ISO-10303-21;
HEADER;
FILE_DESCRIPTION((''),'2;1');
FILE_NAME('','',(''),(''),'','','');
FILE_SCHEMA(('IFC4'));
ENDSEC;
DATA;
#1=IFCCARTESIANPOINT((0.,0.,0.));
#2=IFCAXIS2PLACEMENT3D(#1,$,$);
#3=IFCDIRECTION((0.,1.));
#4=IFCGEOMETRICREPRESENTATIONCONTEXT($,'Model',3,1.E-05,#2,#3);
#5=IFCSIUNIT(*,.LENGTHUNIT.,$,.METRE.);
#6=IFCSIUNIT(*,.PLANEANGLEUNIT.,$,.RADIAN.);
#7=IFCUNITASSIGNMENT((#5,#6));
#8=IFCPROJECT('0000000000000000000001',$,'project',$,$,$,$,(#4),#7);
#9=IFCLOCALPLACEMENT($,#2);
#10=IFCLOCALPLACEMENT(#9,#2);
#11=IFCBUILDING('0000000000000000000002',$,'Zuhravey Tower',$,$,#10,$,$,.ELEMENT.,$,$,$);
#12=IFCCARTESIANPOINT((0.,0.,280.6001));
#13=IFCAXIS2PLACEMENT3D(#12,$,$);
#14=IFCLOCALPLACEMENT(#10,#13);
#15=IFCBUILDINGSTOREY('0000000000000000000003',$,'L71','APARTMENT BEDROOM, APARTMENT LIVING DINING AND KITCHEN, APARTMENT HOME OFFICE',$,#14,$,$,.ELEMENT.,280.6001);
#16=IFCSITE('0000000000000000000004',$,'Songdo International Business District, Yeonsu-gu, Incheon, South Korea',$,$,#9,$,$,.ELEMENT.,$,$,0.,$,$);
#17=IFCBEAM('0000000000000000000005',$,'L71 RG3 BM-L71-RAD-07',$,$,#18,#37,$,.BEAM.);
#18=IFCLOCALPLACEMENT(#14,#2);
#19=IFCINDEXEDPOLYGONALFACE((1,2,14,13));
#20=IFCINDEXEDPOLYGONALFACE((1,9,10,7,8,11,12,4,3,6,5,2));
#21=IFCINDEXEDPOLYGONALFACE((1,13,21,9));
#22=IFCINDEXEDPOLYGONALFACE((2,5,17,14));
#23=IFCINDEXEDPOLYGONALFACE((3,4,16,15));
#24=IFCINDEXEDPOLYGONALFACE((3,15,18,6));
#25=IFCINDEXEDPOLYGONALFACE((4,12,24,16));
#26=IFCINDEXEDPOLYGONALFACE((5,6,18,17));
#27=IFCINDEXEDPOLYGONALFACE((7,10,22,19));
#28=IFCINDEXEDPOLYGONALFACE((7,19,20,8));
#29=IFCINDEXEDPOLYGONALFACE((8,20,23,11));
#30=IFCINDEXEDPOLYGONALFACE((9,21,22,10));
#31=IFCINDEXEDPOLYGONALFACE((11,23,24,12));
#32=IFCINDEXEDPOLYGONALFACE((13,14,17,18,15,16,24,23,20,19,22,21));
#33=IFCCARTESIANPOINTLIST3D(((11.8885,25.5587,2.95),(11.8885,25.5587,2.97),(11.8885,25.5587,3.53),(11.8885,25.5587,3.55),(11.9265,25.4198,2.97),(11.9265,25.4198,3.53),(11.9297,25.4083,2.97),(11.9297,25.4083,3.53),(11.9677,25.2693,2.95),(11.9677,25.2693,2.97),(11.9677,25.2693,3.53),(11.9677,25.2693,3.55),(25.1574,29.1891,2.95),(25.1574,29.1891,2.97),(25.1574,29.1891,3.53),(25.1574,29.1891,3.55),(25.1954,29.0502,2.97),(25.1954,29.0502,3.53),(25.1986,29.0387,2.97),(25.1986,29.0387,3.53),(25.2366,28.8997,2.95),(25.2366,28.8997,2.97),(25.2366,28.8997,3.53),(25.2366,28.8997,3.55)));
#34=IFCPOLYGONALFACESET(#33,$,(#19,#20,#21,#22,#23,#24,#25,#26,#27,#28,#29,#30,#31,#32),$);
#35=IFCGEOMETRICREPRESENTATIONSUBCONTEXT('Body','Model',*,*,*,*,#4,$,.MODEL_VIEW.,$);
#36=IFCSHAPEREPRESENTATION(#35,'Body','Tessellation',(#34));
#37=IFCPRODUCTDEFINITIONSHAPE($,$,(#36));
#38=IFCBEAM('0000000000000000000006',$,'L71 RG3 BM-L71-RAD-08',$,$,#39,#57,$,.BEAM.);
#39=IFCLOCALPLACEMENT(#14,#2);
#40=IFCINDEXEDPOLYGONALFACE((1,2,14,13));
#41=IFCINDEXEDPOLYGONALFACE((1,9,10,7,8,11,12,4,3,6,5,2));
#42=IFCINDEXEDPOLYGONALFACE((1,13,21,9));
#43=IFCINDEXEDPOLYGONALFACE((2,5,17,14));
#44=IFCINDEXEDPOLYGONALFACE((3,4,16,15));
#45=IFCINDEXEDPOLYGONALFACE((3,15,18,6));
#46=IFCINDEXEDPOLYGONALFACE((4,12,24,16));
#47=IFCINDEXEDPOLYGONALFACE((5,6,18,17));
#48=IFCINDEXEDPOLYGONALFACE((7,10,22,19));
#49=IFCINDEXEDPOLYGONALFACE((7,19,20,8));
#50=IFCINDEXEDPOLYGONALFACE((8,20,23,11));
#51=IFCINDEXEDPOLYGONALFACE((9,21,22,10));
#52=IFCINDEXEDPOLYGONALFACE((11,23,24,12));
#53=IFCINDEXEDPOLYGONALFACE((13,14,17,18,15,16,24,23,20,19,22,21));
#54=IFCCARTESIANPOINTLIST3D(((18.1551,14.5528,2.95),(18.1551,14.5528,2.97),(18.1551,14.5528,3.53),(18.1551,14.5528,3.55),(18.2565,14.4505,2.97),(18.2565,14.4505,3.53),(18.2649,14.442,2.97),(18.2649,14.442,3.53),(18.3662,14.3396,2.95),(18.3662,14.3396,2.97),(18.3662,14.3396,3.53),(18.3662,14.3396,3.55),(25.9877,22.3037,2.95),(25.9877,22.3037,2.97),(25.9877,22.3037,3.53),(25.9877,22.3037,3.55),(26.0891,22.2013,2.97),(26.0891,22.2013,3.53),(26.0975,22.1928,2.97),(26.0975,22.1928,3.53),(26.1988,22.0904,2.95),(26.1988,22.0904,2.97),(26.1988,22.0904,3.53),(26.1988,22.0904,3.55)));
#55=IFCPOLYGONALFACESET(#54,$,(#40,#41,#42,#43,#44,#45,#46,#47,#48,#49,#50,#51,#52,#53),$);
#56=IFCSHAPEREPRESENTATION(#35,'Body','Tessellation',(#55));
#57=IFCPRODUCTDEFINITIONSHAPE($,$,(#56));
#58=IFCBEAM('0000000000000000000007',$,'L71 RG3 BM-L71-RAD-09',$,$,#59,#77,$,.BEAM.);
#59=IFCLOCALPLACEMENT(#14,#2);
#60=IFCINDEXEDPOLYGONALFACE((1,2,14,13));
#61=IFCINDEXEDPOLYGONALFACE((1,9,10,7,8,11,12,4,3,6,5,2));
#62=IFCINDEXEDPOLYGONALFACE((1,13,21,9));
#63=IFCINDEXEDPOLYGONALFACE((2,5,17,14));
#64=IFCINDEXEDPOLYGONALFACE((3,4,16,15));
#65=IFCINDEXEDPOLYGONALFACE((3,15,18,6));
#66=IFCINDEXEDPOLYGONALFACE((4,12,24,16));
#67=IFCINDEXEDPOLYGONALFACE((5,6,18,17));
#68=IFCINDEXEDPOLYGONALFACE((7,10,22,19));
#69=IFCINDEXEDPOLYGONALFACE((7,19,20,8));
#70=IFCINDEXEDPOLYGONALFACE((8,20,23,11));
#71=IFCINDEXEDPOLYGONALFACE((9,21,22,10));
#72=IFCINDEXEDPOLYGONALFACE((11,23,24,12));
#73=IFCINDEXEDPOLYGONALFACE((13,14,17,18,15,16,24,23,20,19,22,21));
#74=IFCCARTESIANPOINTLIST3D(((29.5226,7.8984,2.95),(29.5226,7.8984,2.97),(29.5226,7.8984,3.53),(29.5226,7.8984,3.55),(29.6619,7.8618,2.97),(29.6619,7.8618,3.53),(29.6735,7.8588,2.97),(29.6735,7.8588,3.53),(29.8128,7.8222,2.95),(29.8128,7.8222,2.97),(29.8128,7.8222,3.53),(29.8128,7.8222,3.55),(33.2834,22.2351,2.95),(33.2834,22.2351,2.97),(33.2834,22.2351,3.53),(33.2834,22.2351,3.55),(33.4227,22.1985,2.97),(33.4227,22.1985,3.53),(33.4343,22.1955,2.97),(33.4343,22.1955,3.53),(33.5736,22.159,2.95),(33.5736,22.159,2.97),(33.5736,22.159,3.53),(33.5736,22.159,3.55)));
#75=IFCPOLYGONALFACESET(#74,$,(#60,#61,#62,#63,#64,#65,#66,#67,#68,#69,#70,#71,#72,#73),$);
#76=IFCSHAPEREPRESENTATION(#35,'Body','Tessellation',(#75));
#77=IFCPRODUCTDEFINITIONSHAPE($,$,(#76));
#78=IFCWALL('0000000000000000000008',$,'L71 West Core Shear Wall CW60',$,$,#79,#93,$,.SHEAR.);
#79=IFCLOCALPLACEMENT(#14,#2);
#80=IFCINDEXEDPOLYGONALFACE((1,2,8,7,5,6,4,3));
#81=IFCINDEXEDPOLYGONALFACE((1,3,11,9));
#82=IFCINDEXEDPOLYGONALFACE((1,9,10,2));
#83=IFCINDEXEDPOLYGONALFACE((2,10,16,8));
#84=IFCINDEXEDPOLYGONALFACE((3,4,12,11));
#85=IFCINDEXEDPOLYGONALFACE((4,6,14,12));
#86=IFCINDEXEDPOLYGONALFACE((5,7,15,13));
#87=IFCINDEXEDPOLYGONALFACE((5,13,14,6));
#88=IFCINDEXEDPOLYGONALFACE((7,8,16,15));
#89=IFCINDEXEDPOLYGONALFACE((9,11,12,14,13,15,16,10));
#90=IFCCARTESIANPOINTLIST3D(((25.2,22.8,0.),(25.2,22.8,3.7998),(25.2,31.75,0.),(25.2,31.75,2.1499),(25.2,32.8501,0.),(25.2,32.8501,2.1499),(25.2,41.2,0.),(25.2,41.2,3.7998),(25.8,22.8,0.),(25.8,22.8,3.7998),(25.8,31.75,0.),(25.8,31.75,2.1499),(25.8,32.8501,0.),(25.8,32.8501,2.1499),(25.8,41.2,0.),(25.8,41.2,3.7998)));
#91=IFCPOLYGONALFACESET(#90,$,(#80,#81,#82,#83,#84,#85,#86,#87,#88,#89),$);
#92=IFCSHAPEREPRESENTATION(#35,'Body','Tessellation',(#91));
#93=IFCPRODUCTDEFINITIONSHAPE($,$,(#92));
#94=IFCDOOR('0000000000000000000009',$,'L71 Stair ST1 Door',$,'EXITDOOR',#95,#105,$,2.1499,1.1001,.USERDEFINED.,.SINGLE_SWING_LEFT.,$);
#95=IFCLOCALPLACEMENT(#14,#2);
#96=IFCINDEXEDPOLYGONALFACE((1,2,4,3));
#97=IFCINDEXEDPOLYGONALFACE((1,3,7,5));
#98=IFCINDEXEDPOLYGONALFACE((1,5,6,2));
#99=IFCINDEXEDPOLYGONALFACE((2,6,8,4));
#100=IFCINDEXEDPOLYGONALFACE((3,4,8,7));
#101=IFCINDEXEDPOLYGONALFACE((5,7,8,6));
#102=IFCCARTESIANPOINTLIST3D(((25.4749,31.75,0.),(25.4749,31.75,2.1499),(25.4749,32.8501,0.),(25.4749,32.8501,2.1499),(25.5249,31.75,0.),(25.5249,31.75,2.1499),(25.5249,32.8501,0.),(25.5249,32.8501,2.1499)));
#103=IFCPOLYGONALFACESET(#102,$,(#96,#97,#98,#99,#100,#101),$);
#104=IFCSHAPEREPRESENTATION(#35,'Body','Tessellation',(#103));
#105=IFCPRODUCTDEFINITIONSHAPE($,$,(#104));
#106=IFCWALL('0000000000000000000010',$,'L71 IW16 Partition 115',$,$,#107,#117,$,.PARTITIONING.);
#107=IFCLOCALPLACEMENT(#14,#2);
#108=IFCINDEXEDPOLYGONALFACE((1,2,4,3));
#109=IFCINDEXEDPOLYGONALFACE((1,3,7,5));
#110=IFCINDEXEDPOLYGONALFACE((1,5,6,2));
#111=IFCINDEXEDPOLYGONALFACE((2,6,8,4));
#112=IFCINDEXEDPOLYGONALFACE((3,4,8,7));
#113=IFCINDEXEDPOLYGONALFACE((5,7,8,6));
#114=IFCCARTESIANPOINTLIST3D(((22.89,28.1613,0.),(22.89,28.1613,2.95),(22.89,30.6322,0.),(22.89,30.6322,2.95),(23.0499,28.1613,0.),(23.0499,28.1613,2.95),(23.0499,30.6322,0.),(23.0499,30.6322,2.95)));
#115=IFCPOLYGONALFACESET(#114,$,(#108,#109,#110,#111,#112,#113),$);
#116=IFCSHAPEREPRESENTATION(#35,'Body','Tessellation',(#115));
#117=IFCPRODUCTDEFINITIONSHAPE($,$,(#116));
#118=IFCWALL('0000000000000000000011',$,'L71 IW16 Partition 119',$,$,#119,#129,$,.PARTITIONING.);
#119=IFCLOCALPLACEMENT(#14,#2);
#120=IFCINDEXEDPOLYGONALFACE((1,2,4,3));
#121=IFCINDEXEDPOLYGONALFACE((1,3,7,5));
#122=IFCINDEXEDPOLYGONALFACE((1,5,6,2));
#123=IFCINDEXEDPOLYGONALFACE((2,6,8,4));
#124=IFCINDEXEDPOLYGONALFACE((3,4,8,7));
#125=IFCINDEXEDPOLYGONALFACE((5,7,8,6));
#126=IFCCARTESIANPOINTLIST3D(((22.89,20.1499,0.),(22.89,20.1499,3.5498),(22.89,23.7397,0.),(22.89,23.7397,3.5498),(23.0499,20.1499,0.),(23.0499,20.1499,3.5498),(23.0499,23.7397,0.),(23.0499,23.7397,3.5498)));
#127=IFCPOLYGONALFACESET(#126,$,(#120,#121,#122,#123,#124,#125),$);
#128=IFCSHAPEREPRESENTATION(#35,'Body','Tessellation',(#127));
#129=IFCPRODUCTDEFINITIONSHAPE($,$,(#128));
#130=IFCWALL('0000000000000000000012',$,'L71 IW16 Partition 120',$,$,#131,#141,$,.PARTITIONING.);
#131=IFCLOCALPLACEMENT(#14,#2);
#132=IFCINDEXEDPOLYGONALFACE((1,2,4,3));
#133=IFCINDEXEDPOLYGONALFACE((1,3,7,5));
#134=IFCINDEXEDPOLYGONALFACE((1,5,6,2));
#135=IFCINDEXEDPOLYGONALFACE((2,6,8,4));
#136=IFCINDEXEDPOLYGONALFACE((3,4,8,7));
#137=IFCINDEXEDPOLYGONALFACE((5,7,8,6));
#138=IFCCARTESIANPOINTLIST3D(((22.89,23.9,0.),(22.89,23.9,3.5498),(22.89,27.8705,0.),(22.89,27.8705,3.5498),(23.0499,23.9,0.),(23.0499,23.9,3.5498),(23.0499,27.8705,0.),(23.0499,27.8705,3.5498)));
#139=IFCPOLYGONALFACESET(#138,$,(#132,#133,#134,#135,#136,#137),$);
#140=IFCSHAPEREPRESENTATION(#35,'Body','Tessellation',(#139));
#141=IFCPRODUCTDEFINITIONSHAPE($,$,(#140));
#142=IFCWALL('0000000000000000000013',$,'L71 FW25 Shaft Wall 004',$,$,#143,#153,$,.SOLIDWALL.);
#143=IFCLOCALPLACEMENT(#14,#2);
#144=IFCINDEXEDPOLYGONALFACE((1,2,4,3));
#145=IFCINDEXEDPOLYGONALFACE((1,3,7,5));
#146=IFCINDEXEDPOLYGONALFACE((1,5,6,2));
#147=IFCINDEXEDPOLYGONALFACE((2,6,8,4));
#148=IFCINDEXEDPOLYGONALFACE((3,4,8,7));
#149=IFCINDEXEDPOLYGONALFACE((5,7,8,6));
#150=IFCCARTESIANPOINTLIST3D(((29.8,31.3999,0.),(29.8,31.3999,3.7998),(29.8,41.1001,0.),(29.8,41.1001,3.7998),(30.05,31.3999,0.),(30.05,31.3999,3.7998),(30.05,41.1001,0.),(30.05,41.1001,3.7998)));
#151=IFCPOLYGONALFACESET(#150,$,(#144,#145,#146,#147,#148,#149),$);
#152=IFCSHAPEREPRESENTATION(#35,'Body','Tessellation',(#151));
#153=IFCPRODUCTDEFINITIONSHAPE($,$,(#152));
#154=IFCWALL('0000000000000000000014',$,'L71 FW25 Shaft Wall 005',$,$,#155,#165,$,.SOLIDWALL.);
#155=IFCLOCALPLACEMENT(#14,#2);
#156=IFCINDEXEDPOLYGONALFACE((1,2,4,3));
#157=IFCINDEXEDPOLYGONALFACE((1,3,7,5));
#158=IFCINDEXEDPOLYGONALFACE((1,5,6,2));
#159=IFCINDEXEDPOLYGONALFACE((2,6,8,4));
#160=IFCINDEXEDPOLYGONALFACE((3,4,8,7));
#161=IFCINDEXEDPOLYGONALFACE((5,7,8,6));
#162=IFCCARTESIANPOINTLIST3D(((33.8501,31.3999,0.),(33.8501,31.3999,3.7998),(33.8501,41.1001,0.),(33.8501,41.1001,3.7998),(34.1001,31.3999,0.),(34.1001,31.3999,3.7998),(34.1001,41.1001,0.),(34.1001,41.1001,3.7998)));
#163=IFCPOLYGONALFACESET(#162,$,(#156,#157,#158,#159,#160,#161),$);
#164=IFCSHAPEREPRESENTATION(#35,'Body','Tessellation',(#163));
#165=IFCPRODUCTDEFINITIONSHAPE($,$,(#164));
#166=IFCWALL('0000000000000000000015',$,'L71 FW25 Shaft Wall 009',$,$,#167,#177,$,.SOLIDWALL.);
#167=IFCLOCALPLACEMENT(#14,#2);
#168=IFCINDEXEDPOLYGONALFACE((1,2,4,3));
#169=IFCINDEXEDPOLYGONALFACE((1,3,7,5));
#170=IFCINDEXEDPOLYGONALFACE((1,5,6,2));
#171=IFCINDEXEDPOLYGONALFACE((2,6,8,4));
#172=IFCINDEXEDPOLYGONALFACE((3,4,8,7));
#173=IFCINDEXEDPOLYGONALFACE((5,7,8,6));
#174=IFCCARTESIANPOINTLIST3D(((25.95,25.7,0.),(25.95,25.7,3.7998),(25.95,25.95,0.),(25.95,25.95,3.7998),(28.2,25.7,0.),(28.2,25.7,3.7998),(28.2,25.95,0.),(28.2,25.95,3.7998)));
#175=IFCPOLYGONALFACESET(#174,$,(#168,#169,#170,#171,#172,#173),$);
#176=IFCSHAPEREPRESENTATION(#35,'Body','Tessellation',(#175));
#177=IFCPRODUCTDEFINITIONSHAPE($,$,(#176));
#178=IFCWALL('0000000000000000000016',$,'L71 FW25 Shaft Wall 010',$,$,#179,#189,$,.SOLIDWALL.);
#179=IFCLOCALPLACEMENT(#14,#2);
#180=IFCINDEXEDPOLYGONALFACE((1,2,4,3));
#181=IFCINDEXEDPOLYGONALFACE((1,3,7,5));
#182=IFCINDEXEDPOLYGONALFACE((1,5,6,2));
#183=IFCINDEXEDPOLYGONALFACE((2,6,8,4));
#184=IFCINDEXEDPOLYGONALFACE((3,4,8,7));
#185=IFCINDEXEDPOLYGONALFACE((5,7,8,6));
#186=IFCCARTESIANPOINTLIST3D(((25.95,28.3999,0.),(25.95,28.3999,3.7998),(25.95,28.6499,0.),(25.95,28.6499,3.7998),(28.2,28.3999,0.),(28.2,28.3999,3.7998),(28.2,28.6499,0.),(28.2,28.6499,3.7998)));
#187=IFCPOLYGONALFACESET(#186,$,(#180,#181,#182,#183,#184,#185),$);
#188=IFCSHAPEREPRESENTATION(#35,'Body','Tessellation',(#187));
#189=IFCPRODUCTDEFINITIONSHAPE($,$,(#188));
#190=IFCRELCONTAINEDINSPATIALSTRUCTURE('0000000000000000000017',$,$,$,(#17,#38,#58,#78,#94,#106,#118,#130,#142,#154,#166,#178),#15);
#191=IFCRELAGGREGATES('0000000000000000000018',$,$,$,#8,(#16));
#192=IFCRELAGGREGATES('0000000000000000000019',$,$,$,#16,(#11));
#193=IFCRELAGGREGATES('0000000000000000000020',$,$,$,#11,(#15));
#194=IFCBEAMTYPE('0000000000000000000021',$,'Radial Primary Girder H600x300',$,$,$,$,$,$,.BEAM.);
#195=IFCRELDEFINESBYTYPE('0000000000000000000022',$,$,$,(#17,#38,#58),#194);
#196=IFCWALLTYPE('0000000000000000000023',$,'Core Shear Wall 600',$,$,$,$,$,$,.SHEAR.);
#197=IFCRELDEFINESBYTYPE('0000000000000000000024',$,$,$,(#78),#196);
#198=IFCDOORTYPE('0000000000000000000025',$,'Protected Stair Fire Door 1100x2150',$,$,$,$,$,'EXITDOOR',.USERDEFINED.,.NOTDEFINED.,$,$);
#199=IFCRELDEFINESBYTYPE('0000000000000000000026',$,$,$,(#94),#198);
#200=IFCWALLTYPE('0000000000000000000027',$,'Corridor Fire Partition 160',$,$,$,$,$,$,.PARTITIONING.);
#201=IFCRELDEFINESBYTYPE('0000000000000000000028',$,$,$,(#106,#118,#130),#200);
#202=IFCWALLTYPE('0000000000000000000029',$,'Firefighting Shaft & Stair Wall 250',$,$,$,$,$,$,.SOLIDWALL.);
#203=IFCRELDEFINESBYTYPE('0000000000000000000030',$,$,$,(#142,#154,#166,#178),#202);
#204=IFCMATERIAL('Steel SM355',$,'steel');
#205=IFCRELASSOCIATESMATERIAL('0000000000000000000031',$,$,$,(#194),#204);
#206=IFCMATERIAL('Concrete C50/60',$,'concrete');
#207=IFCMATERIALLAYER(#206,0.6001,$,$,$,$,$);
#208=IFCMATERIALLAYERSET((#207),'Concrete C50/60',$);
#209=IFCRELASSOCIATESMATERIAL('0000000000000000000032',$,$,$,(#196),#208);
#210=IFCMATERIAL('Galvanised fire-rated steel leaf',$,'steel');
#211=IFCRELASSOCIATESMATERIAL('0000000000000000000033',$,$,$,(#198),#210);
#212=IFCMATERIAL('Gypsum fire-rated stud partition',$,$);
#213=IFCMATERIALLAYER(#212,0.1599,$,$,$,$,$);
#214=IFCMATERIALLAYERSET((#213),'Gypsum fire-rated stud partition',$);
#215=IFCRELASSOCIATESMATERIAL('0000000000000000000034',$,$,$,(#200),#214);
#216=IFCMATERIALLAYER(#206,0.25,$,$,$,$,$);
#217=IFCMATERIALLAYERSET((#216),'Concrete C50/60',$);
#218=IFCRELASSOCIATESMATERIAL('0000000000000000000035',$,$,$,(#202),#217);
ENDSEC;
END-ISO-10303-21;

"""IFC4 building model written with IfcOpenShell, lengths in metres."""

from ifc_helpers import new_model, si_unit, direction, frame, frame_2d, origin, origin_2d, place, context, subcontext, project, spatial, rectangle, i_section, extrude, material, layer, layer_set, material_profile, profile_set, type_object, element, fill, save


model = new_model("IFC4")

# Units and contexts
model_context = context("Model", 3, precision=1e-05, world=origin(), true_north=direction((0.0, 1.0)))
body_context = subcontext(model_context, "Body", "Model", "MODEL_VIEW")
ifc_project = project(units=[si_unit("LENGTHUNIT", "METRE"), si_unit("PLANEANGLEUNIT", "RADIAN")], contexts=[model_context])

# Site, building, storey
site_placement = place(None, origin())
site = spatial("IfcSite", under=ifc_project, at=site_placement, Name="Songdo International Business District, Yeonsu-gu, Incheon, South Korea", CompositionType="ELEMENT", RefElevation=0.0)
building_placement = place(site_placement, origin())
building = spatial("IfcBuilding", under=site, at=building_placement, Name="Zuhravey Tower", CompositionType="ELEMENT")
storey_placement = place(building_placement, frame((0.0, 0.0, 280.6001)))
storey = spatial("IfcBuildingStorey", under=building, at=storey_placement, Name="L71", Description="APARTMENT BEDROOM, APARTMENT LIVING DINING AND KITCHEN, APARTMENT HOME OFFICE", CompositionType="ELEMENT", Elevation=280.6001)

# Beams
ifc_material_1 = material(Name="Steel SM355", Category="steel")
ifc_material_profile = material_profile(ifc_material_1, i_section(OverallWidth=0.3, OverallDepth=0.6001, WebThickness=0.012, FlangeThickness=0.02, at=origin_2d()), Name="H-600x300x12x20")
ifc_profile_set = profile_set([ifc_material_profile], Name="Steel SM355")
beam_type = type_object("IfcBeamType", Name="Radial Primary Girder H600x300", PredefinedType="BEAM", material=ifc_profile_set)
beam_1_placement = place(storey_placement, frame((25.197, 29.0444, 3.25), z_axis=(-0.964549, -0.263903, 0.0), x_axis=(0.263903, -0.964549, 0.0)))
element("IfcBeam", 1, at=beam_1_placement, inside=storey, type_object=beam_type, Name="L71 RG3 BM-L71-RAD-07", PredefinedType="BEAM", context=body_context, shape_type="SweptSolid", body=[
    extrude(i_section(OverallWidth=0.3, OverallDepth=0.6001, WebThickness=0.012, FlangeThickness=0.02, at=origin_2d()), origin(), (0.0, 0.0, 1.0), 13.7566),
])
beam_2_placement = place(storey_placement, frame((26.0933, 22.197, 3.25), z_axis=(-0.710808, -0.703386, 0.0), x_axis=(0.703386, -0.710808, 0.0)))
element("IfcBeam", 2, at=beam_2_placement, inside=storey, type_object=beam_type, Name="L71 RG3 BM-L71-RAD-08", PredefinedType="BEAM", context=body_context, shape_type="SweptSolid", body=[
    extrude(i_section(OverallWidth=0.3, OverallDepth=0.6001, WebThickness=0.012, FlangeThickness=0.02, at=origin_2d()), origin(), (0.0, 0.0, 1.0), 11.0193),
])
beam_3_placement = place(storey_placement, frame((33.4285, 22.197, 3.25), z_axis=(-0.253732, -0.967275, 0.0), x_axis=(0.967275, -0.253732, 0.0)))
element("IfcBeam", 3, at=beam_3_placement, inside=storey, type_object=beam_type, Name="L71 RG3 BM-L71-RAD-09", PredefinedType="BEAM", context=body_context, shape_type="SweptSolid", body=[
    extrude(i_section(OverallWidth=0.3, OverallDepth=0.6001, WebThickness=0.012, FlangeThickness=0.02, at=origin_2d()), origin(), (0.0, 0.0, 1.0), 14.8218),
])

# Wall, opening, door
ifc_material_2 = material(Name="Concrete C50/60", Category="concrete")
ifc_layer_1 = layer(ifc_material_2, 0.6001)
ifc_layer_set_1 = layer_set([ifc_layer_1], Name="Concrete C50/60")
wall_type_1 = type_object("IfcWallType", Name="Core Shear Wall 600", PredefinedType="SHEAR", material=ifc_layer_set_1)
ifc_material_3 = material(Name="Galvanised fire-rated steel leaf", Category="steel")
wall_1_placement = place(storey_placement, frame((25.5, 22.8, 0.0), z_axis=(0.0, 0.0, 1.0), x_axis=(0.0, 1.0, 0.0)))
wall_1 = element("IfcWall", 4, at=wall_1_placement, inside=storey, type_object=wall_type_1, Name="L71 West Core Shear Wall CW60", PredefinedType="SHEAR", context=body_context, shape_type="SweptSolid", body=[
    extrude(rectangle(XDim=18.3999, YDim=0.6001, at=frame_2d((9.2, 0.0))), origin(), (0.0, 0.0, 1.0), 3.7998),
])
opening_1_placement = place(wall_1_placement, frame((8.95, 0.0, 0.0)))
opening_1 = element("IfcOpeningElement", 5, at=opening_1_placement, cuts=wall_1, PredefinedType="OPENING", context=body_context, shape_type="SweptSolid", body=[
    extrude(rectangle(XDim=1.1001, YDim=2.1499, at=frame_2d((0.55, 1.075))), frame((0.0, 0.312, 0.0), z_axis=(0.0, -1.0, 0.0), x_axis=(1.0, 0.0, 0.0)), (0.0, 0.0, 1.0), 0.624),
])
door_type_1 = type_object("IfcDoorType", Name="Protected Stair Fire Door 1100x2150", ElementType="EXITDOOR", OperationType="NOTDEFINED", PredefinedType="USERDEFINED", material=ifc_material_3)
door_1_placement = place(opening_1_placement, frame((1.1001, 0.0, 0.0), z_axis=(0.0, 0.0, 1.0), x_axis=(-1.0, 0.0, 0.0)))
door_1 = element("IfcDoor", 6, at=door_1_placement, inside=storey, type_object=door_type_1, Name="L71 Stair ST1 Door", ObjectType="EXITDOOR", OperationType="SINGLE_SWING_LEFT", OverallHeight=2.1499, OverallWidth=1.1001, PredefinedType="USERDEFINED", context=body_context, shape_type="SweptSolid", body=[
    extrude(rectangle(XDim=1.1001, YDim=2.1499, at=frame_2d((0.55, 1.075))), frame((0.0, 0.0249, 0.0), z_axis=(0.0, -1.0, 0.0), x_axis=(1.0, 0.0, 0.0)), (0.0, 0.0, 1.0), 0.05),
])
fill(opening_1, door_1)

# Walls
ifc_material_4 = material(Name="Gypsum fire-rated stud partition")
ifc_layer_2 = layer(ifc_material_4, 0.1599)
ifc_layer_set_2 = layer_set([ifc_layer_2], Name="Gypsum fire-rated stud partition")
wall_type_2 = type_object("IfcWallType", Name="Corridor Fire Partition 160", PredefinedType="PARTITIONING", material=ifc_layer_set_2)
wall_2_placement = place(storey_placement, frame((22.97, 30.6321, 0.0), z_axis=(0.0, 0.0, 1.0), x_axis=(0.0, -1.0, 0.0)))
element("IfcWall", 7, at=wall_2_placement, inside=storey, type_object=wall_type_2, Name="L71 IW16 Partition 115", PredefinedType="PARTITIONING", context=body_context, shape_type="SweptSolid", body=[
    extrude(rectangle(XDim=2.4709, YDim=0.1599, at=frame_2d((1.2354, 0.0))), origin(), (0.0, 0.0, 1.0), 2.95),
])
wall_3_placement = place(storey_placement, frame((22.97, 23.7397, 0.0), z_axis=(0.0, 0.0, 1.0), x_axis=(0.0, -1.0, 0.0)))
element("IfcWall", 8, at=wall_3_placement, inside=storey, type_object=wall_type_2, Name="L71 IW16 Partition 119", PredefinedType="PARTITIONING", context=body_context, shape_type="SweptSolid", body=[
    extrude(rectangle(XDim=3.5898, YDim=0.1599, at=frame_2d((1.7949, 0.0))), origin(), (0.0, 0.0, 1.0), 3.5498),
])
wall_4_placement = place(storey_placement, frame((22.97, 27.8706, 0.0), z_axis=(0.0, 0.0, 1.0), x_axis=(0.0, -1.0, 0.0)))
element("IfcWall", 9, at=wall_4_placement, inside=storey, type_object=wall_type_2, Name="L71 IW16 Partition 120", PredefinedType="PARTITIONING", context=body_context, shape_type="SweptSolid", body=[
    extrude(rectangle(XDim=3.9705, YDim=0.1599, at=frame_2d((1.9854, 0.0))), origin(), (0.0, 0.0, 1.0), 3.5498),
])

# Shared definitions
ifc_layer_3 = layer(ifc_material_2, 0.25)
ifc_layer_set_3 = layer_set([ifc_layer_3], Name="Concrete C50/60")
wall_type_3 = type_object("IfcWallType", Name="Firefighting Shaft & Stair Wall 250", PredefinedType="SOLIDWALL", material=ifc_layer_set_3)

# Walls
for number, where, z_axis, x_axis, name in (
    (10, (29.925, 31.3999, 0.0), (0.0, 0.0, 1.0), (0.0, 1.0, 0.0), "L71 FW25 Shaft Wall 004"),
    (11, (33.9751, 31.3999, 0.0), (0.0, 0.0, 1.0), (0.0, 1.0, 0.0), "L71 FW25 Shaft Wall 005"),
):
    element("IfcWall", number, at=place(storey_placement, frame(where, z_axis=z_axis, x_axis=x_axis)), inside=storey, type_object=wall_type_3, Name=name, PredefinedType="SOLIDWALL", context=body_context, shape_type="SweptSolid", body=[
        extrude(rectangle(XDim=9.7002, YDim=0.25, at=frame_2d((4.8501, 0.0))), origin(), (0.0, 0.0, 1.0), 3.7998),
    ])
for number, where, z_axis, x_axis, name in (
    (12, (25.95, 25.825, 0.0), (0.0, 0.0, 1.0), (1.0, 0.0, 0.0), "L71 FW25 Shaft Wall 009"),
    (13, (25.95, 28.5249, 0.0), (0.0, 0.0, 1.0), (1.0, 0.0, 0.0), "L71 FW25 Shaft Wall 010"),
):
    element("IfcWall", number, at=place(storey_placement, frame(where, z_axis=z_axis, x_axis=x_axis)), inside=storey, type_object=wall_type_3, Name=name, PredefinedType="SOLIDWALL", context=body_context, shape_type="SweptSolid", body=[
        extrude(rectangle(XDim=2.25, YDim=0.25, at=frame_2d((1.125, 0.0))), origin(), (0.0, 0.0, 1.0), 3.7998),
    ])

save(model, "model.ifc")
